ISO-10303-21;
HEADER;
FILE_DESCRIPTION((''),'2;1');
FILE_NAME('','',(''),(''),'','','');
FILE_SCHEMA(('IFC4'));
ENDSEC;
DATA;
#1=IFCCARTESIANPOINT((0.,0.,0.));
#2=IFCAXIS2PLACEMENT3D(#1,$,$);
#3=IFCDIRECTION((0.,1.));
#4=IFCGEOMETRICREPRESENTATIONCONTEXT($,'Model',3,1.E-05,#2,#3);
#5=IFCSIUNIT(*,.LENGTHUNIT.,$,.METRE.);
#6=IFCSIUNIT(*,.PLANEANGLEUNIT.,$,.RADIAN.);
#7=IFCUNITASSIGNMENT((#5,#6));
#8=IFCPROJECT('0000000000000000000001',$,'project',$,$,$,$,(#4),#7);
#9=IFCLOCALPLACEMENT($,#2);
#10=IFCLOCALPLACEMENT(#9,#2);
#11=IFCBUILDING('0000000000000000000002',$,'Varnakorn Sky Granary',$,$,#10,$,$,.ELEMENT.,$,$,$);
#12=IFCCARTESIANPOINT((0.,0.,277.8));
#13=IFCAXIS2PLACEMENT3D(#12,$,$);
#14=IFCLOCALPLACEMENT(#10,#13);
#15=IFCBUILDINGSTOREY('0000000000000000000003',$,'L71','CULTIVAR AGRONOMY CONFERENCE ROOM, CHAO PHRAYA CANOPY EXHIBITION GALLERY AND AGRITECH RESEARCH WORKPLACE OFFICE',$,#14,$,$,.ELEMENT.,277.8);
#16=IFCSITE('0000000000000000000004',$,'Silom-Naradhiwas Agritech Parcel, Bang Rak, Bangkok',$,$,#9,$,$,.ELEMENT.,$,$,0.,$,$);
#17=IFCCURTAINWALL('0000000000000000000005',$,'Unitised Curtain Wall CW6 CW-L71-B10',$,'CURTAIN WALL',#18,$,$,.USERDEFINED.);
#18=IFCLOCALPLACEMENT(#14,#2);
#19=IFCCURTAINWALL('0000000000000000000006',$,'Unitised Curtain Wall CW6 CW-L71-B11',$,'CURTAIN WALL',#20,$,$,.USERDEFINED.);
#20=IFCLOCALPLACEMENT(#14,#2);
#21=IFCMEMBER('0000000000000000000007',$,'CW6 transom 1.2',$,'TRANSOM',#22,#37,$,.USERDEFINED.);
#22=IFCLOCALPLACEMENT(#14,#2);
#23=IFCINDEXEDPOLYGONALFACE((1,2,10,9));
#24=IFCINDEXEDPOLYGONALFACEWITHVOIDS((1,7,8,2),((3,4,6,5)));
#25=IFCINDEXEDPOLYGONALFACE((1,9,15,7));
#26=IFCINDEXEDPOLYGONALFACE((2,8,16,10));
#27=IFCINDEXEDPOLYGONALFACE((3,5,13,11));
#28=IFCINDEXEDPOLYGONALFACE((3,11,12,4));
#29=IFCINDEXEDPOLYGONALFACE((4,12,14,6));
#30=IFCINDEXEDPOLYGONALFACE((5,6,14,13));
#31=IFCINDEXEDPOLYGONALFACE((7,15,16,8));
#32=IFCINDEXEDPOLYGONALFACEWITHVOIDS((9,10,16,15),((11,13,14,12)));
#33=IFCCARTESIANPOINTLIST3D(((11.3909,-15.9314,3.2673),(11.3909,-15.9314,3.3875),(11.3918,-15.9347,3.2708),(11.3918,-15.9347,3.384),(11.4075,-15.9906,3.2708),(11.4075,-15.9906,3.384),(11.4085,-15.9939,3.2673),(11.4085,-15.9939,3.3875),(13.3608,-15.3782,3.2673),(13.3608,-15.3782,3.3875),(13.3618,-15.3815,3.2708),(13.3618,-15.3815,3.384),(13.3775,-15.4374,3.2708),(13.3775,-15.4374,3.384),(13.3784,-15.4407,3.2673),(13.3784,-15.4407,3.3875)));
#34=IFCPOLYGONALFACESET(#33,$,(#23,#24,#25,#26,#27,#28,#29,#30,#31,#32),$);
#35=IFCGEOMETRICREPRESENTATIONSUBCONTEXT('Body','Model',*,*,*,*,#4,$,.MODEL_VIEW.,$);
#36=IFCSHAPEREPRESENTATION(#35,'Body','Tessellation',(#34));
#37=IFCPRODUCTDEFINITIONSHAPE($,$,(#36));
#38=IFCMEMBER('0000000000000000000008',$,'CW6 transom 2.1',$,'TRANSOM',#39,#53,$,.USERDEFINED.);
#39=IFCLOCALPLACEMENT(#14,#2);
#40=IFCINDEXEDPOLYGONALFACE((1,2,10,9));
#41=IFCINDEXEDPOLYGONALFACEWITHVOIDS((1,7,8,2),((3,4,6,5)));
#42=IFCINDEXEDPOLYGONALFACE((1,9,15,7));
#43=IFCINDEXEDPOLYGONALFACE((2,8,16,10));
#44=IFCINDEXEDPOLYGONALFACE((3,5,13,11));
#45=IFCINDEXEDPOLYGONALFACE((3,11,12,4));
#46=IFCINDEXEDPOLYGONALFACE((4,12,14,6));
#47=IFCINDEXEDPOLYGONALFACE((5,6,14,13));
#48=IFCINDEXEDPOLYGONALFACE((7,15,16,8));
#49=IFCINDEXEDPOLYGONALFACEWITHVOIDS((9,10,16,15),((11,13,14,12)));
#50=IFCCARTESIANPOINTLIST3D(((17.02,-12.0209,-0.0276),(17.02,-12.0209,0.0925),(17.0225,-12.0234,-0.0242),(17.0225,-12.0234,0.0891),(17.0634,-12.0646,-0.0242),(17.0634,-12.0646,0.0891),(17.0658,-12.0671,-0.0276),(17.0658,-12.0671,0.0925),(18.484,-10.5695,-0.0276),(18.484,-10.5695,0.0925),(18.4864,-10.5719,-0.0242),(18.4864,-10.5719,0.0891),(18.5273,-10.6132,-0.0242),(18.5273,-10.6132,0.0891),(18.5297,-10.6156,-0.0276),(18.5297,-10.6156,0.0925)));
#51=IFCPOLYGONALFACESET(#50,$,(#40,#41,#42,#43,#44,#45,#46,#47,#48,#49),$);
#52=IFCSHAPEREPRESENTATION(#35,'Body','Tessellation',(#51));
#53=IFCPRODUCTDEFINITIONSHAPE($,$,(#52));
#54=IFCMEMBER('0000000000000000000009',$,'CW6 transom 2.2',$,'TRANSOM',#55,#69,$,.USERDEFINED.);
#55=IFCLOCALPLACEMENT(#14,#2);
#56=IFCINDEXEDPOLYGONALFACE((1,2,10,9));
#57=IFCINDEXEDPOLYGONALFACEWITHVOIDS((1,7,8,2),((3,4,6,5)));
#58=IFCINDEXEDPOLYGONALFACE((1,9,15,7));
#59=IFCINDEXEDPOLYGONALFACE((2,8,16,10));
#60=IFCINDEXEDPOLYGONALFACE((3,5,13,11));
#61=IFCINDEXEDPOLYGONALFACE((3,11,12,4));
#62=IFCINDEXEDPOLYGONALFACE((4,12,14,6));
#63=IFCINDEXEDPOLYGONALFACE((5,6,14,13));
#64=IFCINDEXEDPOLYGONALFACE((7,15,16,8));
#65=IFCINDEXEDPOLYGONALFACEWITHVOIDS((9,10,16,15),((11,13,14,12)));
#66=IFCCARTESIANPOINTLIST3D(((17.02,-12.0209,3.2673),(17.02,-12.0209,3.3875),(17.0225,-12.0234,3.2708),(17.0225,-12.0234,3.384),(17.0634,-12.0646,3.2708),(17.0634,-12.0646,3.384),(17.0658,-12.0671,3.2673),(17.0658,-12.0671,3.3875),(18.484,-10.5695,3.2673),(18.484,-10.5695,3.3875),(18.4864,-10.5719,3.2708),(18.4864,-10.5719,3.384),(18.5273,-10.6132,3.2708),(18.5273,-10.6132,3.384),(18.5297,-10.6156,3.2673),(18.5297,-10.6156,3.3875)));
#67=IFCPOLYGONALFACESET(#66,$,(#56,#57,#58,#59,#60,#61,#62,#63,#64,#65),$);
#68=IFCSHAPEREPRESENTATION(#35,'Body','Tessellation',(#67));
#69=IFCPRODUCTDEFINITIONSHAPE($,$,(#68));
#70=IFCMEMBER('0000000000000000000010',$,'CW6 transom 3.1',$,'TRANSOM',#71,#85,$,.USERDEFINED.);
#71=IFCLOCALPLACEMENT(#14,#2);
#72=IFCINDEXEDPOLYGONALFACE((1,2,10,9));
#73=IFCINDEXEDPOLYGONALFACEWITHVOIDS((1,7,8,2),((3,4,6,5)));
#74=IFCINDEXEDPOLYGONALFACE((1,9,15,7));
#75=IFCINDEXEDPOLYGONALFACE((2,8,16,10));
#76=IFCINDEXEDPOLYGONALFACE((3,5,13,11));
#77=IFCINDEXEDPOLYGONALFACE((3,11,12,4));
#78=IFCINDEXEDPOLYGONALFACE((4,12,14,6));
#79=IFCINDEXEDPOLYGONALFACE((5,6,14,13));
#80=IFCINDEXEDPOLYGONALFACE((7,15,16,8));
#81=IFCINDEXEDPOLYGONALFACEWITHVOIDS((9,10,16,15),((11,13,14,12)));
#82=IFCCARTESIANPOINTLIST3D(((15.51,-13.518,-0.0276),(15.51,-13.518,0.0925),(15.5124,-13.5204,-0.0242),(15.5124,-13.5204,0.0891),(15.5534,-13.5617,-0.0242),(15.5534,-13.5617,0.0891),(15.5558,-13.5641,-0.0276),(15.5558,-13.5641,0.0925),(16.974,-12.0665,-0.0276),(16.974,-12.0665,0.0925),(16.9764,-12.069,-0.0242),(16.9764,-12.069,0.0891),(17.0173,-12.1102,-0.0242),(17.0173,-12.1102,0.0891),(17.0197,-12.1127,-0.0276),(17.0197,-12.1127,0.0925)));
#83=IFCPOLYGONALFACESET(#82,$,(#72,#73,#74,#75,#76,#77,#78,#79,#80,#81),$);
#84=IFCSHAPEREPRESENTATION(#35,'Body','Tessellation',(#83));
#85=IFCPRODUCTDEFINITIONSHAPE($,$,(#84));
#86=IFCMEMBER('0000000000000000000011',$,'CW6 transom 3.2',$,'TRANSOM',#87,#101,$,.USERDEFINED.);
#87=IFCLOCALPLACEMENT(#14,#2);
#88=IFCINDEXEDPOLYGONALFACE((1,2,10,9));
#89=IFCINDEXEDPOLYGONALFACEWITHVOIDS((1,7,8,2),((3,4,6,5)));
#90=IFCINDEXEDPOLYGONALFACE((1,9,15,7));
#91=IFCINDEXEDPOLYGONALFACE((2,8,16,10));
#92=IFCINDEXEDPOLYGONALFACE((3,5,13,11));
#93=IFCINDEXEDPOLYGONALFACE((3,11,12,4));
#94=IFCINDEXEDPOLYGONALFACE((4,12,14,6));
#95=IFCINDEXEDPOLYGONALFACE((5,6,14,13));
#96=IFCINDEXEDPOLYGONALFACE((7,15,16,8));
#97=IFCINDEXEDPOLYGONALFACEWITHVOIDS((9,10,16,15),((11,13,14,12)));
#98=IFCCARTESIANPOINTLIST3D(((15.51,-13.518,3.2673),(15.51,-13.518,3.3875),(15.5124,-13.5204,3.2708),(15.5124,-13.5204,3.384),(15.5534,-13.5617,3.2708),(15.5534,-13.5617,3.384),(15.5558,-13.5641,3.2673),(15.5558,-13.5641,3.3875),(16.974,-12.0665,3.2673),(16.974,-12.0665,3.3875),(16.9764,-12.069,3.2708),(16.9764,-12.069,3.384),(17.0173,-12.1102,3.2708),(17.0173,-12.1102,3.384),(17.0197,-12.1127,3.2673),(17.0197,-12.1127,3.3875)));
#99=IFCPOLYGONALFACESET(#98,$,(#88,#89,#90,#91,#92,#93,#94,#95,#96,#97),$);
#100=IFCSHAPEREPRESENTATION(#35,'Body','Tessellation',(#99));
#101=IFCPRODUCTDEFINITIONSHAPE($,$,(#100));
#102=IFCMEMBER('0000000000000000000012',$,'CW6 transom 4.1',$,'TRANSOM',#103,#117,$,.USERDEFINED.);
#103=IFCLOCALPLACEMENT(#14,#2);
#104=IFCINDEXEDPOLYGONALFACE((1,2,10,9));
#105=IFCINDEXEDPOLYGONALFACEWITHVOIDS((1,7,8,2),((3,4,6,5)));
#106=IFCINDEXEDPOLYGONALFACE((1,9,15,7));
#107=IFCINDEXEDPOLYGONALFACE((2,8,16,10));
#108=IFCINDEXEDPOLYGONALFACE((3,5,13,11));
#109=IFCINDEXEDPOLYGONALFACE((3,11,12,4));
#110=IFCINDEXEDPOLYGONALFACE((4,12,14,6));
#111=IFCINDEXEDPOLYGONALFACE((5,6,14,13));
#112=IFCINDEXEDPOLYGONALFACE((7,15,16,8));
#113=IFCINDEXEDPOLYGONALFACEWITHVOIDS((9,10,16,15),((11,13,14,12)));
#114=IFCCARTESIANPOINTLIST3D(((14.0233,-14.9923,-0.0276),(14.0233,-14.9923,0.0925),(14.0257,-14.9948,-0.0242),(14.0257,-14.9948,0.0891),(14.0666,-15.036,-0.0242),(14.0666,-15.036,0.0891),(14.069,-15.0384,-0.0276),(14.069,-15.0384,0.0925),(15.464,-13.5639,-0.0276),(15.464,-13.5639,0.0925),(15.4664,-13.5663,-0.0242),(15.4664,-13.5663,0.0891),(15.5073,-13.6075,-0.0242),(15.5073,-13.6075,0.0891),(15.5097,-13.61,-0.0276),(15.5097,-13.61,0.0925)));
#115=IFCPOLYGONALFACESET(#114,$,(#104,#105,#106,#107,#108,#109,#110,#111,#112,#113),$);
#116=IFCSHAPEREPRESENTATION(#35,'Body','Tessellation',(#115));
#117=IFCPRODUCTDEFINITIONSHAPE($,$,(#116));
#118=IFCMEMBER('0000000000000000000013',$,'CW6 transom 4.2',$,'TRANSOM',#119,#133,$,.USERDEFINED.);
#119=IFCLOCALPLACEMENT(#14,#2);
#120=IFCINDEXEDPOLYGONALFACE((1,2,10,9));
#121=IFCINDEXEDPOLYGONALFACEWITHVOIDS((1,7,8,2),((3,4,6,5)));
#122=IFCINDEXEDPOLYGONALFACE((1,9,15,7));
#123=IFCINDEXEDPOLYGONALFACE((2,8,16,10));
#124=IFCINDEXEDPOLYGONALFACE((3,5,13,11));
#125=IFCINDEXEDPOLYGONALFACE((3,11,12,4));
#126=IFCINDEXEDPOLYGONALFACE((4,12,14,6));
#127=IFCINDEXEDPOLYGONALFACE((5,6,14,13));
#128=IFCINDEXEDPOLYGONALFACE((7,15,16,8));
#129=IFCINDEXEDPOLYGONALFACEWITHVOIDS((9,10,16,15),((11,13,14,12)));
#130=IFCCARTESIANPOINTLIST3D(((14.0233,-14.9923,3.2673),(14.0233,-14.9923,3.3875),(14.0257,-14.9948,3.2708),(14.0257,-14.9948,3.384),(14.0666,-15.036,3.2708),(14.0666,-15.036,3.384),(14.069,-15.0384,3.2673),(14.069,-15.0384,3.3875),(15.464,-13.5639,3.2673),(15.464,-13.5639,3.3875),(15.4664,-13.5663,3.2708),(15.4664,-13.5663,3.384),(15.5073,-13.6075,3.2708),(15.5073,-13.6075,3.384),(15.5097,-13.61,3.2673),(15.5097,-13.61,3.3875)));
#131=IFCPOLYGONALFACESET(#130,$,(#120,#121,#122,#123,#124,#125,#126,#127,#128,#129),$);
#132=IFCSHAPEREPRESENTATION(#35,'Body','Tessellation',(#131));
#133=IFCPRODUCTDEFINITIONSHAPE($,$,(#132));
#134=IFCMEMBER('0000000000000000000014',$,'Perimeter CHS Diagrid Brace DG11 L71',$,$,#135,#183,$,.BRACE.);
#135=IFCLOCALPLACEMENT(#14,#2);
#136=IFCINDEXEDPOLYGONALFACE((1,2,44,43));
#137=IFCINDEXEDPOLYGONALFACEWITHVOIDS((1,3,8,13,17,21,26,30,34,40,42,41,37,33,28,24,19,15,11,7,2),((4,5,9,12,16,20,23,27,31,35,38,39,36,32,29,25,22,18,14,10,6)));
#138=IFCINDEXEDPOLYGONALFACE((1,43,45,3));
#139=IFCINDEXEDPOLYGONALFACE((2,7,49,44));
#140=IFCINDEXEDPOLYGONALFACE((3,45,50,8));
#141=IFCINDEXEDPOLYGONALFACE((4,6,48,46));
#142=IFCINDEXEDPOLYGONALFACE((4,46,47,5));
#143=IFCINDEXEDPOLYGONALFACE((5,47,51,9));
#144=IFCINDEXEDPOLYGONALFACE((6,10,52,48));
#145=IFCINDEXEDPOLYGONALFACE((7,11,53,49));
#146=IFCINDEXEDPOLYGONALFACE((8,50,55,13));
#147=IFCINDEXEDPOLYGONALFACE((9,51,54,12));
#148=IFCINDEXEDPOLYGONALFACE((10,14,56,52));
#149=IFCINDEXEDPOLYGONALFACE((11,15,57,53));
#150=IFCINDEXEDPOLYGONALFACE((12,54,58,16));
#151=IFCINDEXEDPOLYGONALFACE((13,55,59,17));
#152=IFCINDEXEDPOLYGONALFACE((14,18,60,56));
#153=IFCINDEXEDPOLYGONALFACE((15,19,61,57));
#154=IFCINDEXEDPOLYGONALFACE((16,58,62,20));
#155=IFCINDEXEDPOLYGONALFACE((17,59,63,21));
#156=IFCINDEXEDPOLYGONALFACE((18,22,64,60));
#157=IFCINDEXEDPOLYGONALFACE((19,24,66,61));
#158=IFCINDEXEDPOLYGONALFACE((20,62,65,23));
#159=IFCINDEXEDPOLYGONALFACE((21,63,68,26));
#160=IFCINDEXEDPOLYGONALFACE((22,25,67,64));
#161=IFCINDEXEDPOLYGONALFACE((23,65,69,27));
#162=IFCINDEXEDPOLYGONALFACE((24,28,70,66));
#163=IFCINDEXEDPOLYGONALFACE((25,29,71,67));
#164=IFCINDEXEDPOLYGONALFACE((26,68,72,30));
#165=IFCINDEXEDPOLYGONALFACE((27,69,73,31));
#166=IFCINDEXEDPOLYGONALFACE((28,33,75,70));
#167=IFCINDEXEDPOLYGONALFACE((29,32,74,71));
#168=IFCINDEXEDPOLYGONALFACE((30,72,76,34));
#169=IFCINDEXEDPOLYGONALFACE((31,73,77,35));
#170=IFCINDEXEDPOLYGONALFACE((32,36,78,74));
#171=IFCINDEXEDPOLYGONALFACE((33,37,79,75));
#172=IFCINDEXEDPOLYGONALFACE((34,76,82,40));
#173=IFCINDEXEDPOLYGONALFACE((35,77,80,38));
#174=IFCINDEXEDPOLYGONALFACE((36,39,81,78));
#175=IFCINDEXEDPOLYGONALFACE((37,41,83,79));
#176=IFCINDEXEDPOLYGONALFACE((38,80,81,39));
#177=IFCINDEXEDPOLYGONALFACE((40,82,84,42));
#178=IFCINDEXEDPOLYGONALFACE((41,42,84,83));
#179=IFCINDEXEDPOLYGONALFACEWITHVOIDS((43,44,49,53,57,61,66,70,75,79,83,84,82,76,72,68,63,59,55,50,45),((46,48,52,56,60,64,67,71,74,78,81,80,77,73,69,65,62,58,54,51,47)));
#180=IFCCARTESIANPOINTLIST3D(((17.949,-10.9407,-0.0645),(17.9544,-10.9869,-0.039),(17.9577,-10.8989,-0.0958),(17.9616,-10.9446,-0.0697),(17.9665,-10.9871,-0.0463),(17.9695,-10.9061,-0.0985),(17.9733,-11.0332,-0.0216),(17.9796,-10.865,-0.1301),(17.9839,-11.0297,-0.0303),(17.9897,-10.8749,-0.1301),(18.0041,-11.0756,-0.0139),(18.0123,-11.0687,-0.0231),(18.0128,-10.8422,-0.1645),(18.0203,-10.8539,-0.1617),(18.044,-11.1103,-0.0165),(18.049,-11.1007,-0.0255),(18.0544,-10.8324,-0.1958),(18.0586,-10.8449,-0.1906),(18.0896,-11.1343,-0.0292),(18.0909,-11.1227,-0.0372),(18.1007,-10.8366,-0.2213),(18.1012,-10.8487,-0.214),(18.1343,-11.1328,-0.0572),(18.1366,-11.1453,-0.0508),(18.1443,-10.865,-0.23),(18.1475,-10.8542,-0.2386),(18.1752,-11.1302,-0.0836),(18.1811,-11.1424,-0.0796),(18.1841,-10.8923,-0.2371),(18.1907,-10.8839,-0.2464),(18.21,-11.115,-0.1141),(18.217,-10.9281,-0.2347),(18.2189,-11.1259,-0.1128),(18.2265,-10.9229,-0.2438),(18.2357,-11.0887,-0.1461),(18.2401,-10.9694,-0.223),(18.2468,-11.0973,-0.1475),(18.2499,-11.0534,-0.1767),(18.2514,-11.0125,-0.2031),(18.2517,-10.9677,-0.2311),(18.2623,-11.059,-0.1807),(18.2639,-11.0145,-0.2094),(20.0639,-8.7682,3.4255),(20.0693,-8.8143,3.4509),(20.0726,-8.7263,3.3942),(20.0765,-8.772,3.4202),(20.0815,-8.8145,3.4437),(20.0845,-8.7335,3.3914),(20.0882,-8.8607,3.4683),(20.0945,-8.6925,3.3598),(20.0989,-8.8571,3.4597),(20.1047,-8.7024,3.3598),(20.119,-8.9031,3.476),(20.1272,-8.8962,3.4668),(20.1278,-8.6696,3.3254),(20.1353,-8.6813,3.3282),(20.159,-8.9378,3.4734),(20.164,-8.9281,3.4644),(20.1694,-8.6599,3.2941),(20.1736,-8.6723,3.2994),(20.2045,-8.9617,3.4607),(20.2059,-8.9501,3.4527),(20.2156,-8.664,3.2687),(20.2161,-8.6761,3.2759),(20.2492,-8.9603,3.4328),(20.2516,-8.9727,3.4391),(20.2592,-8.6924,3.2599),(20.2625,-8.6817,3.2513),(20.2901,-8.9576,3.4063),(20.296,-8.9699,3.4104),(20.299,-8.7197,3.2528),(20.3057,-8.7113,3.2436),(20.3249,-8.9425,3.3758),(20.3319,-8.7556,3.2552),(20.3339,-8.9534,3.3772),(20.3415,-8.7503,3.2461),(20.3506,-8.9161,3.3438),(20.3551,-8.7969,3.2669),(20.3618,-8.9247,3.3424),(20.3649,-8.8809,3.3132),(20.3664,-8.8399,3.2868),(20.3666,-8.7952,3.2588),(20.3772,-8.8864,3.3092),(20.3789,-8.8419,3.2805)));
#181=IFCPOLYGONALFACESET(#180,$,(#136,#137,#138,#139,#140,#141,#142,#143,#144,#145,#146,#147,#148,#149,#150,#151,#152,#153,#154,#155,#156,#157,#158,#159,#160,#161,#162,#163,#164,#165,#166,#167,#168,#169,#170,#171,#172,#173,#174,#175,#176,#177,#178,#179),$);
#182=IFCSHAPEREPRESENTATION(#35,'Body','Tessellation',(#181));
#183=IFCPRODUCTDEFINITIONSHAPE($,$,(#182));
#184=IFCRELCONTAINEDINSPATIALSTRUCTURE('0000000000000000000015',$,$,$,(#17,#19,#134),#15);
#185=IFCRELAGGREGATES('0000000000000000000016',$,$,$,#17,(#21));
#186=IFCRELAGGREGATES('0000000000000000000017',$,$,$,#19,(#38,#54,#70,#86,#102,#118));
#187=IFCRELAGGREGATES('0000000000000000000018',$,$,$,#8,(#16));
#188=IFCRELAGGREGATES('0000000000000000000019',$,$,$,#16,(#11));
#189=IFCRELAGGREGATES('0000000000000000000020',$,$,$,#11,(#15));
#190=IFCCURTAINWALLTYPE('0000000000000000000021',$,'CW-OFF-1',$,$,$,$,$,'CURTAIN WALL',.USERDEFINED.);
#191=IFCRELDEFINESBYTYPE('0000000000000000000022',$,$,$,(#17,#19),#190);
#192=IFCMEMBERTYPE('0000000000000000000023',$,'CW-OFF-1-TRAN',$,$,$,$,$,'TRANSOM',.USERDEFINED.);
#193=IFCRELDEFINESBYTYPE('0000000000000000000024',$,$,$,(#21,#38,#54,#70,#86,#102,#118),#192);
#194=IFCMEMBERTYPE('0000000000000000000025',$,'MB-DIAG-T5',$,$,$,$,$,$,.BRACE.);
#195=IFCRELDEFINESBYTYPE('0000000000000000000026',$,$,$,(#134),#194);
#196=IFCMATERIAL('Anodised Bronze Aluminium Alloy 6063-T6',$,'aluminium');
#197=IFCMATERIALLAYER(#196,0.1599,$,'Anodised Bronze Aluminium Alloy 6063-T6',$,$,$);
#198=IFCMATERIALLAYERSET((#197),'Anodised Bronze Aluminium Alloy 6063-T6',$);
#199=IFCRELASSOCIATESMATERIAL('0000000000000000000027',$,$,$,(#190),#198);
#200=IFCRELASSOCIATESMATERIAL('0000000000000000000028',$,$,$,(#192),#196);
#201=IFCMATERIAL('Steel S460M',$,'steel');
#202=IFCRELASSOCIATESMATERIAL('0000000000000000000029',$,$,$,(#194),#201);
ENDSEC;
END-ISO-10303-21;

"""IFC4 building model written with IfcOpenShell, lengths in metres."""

from ifc_helpers import new_model, si_unit, direction, frame, origin, origin_2d, place, context, subcontext, project, spatial, hollow_rectangle, hollow_circle, extrude, material, layer, layer_set, material_profile, profile_set, type_object, element, aggregate, save


model = new_model("IFC4")

# Units and contexts
model_context = context("Model", 3, precision=1e-05, world=origin(), true_north=direction((0.0, 1.0)))
body_context = subcontext(model_context, "Body", "Model", "MODEL_VIEW")
ifc_project = project(units=[si_unit("LENGTHUNIT", "METRE"), si_unit("PLANEANGLEUNIT", "RADIAN")], contexts=[model_context])

# Site, building, storey
site_placement = place(None, origin())
site = spatial("IfcSite", under=ifc_project, at=site_placement, Name="Silom-Naradhiwas Agritech Parcel, Bang Rak, Bangkok", CompositionType="ELEMENT", RefElevation=0.0)
building_placement = place(site_placement, origin())
building = spatial("IfcBuilding", under=site, at=building_placement, Name="Varnakorn Sky Granary", CompositionType="ELEMENT")
storey_placement = place(building_placement, frame((0.0, 0.0, 277.8)))
storey = spatial("IfcBuildingStorey", under=building, at=storey_placement, Name="L71", Description="CULTIVAR AGRONOMY CONFERENCE ROOM, CHAO PHRAYA CANOPY EXHIBITION GALLERY AND AGRITECH RESEARCH WORKPLACE OFFICE", CompositionType="ELEMENT", Elevation=277.8)

# Shared definitions
ifc_material_1 = material(Name="Steel S460M", Category="steel")

# Curtain wall
ifc_material_2 = material(Name="Anodised Bronze Aluminium Alloy 6063-T6", Category="aluminium")
ifc_layer_1 = layer(ifc_material_2, 0.1599, Name="Anodised Bronze Aluminium Alloy 6063-T6")
ifc_layer_set_1 = layer_set([ifc_layer_1], Name="Anodised Bronze Aluminium Alloy 6063-T6")
curtain_wall_type = type_object("IfcCurtainWallType", Name="CW-OFF-1", ElementType="CURTAIN WALL", PredefinedType="USERDEFINED", material=ifc_layer_set_1)
curtain_wall_1_placement = place(storey_placement, origin())
curtain_wall_1 = element("IfcCurtainWall", 1, at=curtain_wall_1_placement, inside=storey, type_object=curtain_wall_type, Name="Unitised Curtain Wall CW6 CW-L71-B10", ObjectType="CURTAIN WALL", PredefinedType="USERDEFINED")

# Curtain wall
curtain_wall_2_placement = place(storey_placement, origin())
curtain_wall_2 = element("IfcCurtainWall", 2, at=curtain_wall_2_placement, inside=storey, type_object=curtain_wall_type, Name="Unitised Curtain Wall CW6 CW-L71-B11", ObjectType="CURTAIN WALL", PredefinedType="USERDEFINED")

# Members
ifc_material_profile_1 = material_profile(ifc_material_2, hollow_rectangle(XDim=0.0649, YDim=0.1201, WallThickness=0.0034, at=origin_2d()), Name="ALU TRAN 65x120")
ifc_profile_set_1 = profile_set([ifc_material_profile_1], Name="Anodised Bronze Aluminium Alloy 6063-T6")
member_type_1 = type_object("IfcMemberType", Name="CW-OFF-1-TRAN", ElementType="TRANSOM", PredefinedType="USERDEFINED", material=ifc_profile_set_1)
member_1_placement = place(storey_placement, frame((13.3696, -15.4094, 3.3274), z_axis=(-0.962757, -0.270369, 0.0), x_axis=(0.270369, -0.962757, 0.0)))
member_1 = element("IfcMember", 3, at=member_1_placement, type_object=member_type_1, Name="CW6 transom 1.2", ObjectType="TRANSOM", PredefinedType="USERDEFINED", context=body_context, shape_type="SweptSolid", body=[
    extrude(hollow_rectangle(XDim=0.0649, YDim=0.1201, WallThickness=0.0034, at=origin_2d()), origin(), (0.0, 0.0, 1.0), 2.0461),
])
aggregate(curtain_wall_1, [member_1])
member_2_placement = place(storey_placement, frame((18.5068, -10.5925, 0.0325), z_axis=(-0.71012, -0.70408, 0.0), x_axis=(0.70408, -0.71012, 0.0)))
member_2 = element("IfcMember", 4, at=member_2_placement, type_object=member_type_1, Name="CW6 transom 2.1", ObjectType="TRANSOM", PredefinedType="USERDEFINED", context=body_context, shape_type="SweptSolid", body=[
    extrude(hollow_rectangle(XDim=0.0649, YDim=0.1201, WallThickness=0.0034, at=origin_2d()), origin(), (0.0, 0.0, 1.0), 2.0615),
])
member_3_placement = place(storey_placement, frame((18.5068, -10.5925, 3.3274), z_axis=(-0.71012, -0.70408, 0.0), x_axis=(0.70408, -0.71012, 0.0)))
member_3 = element("IfcMember", 5, at=member_3_placement, type_object=member_type_1, Name="CW6 transom 2.2", ObjectType="TRANSOM", PredefinedType="USERDEFINED", context=body_context, shape_type="SweptSolid", body=[
    extrude(hollow_rectangle(XDim=0.0649, YDim=0.1201, WallThickness=0.0034, at=origin_2d()), origin(), (0.0, 0.0, 1.0), 2.0615),
])
member_4_placement = place(storey_placement, frame((16.9968, -12.0896, 0.0325), z_axis=(-0.71012, -0.70408, 0.0), x_axis=(0.70408, -0.71012, 0.0)))
member_4 = element("IfcMember", 6, at=member_4_placement, type_object=member_type_1, Name="CW6 transom 3.1", ObjectType="TRANSOM", PredefinedType="USERDEFINED", context=body_context, shape_type="SweptSolid", body=[
    extrude(hollow_rectangle(XDim=0.0649, YDim=0.1201, WallThickness=0.0034, at=origin_2d()), origin(), (0.0, 0.0, 1.0), 2.0615),
])
member_5_placement = place(storey_placement, frame((16.9968, -12.0896, 3.3274), z_axis=(-0.71012, -0.70408, 0.0), x_axis=(0.70408, -0.71012, 0.0)))
member_5 = element("IfcMember", 7, at=member_5_placement, type_object=member_type_1, Name="CW6 transom 3.2", ObjectType="TRANSOM", PredefinedType="USERDEFINED", context=body_context, shape_type="SweptSolid", body=[
    extrude(hollow_rectangle(XDim=0.0649, YDim=0.1201, WallThickness=0.0034, at=origin_2d()), origin(), (0.0, 0.0, 1.0), 2.0615),
])
member_6_placement = place(storey_placement, frame((15.4868, -13.5869, 0.0325), z_axis=(-0.710109, -0.704092, 0.0), x_axis=(0.704092, -0.710109, 0.0)))
member_6 = element("IfcMember", 8, at=member_6_placement, type_object=member_type_1, Name="CW6 transom 4.1", ObjectType="TRANSOM", PredefinedType="USERDEFINED", context=body_context, shape_type="SweptSolid", body=[
    extrude(hollow_rectangle(XDim=0.0649, YDim=0.1201, WallThickness=0.0034, at=origin_2d()), origin(), (0.0, 0.0, 1.0), 2.0288),
])
member_7_placement = place(storey_placement, frame((15.4868, -13.5869, 3.3274), z_axis=(-0.710109, -0.704092, 0.0), x_axis=(0.704092, -0.710109, 0.0)))
member_7 = element("IfcMember", 9, at=member_7_placement, type_object=member_type_1, Name="CW6 transom 4.2", ObjectType="TRANSOM", PredefinedType="USERDEFINED", context=body_context, shape_type="SweptSolid", body=[
    extrude(hollow_rectangle(XDim=0.0649, YDim=0.1201, WallThickness=0.0034, at=origin_2d()), origin(), (0.0, 0.0, 1.0), 2.0288),
])
ifc_material_profile_2 = material_profile(ifc_material_1, hollow_circle(Radius=0.1777, WallThickness=0.0142, at=origin_2d()), Name="CHS 355.6x14")
ifc_profile_set_2 = profile_set([ifc_material_profile_2], Name="Steel S460M")
member_type_2 = type_object("IfcMemberType", Name="MB-DIAG-T5", PredefinedType="BRACE", material=ifc_profile_set_2)
member_8_placement = place(storey_placement, frame((18.1069, -10.989, -0.1301), z_axis=(0.457479, 0.469942, 0.754896), x_axis=(-0.716544, 0.697542, 0.0)))
element("IfcMember", 10, at=member_8_placement, inside=storey, type_object=member_type_2, Name="Perimeter CHS Diagrid Brace DG11 L71", PredefinedType="BRACE", context=body_context, shape_type="SweptSolid", body=[
    extrude(hollow_circle(Radius=0.1777, WallThickness=0.0142, at=origin_2d()), origin(), (0.0, 0.0, 1.0), 4.623),
])

aggregate(curtain_wall_2, [member_2, member_3, member_4, member_5, member_6, member_7])

save(model, "model.ifc")
